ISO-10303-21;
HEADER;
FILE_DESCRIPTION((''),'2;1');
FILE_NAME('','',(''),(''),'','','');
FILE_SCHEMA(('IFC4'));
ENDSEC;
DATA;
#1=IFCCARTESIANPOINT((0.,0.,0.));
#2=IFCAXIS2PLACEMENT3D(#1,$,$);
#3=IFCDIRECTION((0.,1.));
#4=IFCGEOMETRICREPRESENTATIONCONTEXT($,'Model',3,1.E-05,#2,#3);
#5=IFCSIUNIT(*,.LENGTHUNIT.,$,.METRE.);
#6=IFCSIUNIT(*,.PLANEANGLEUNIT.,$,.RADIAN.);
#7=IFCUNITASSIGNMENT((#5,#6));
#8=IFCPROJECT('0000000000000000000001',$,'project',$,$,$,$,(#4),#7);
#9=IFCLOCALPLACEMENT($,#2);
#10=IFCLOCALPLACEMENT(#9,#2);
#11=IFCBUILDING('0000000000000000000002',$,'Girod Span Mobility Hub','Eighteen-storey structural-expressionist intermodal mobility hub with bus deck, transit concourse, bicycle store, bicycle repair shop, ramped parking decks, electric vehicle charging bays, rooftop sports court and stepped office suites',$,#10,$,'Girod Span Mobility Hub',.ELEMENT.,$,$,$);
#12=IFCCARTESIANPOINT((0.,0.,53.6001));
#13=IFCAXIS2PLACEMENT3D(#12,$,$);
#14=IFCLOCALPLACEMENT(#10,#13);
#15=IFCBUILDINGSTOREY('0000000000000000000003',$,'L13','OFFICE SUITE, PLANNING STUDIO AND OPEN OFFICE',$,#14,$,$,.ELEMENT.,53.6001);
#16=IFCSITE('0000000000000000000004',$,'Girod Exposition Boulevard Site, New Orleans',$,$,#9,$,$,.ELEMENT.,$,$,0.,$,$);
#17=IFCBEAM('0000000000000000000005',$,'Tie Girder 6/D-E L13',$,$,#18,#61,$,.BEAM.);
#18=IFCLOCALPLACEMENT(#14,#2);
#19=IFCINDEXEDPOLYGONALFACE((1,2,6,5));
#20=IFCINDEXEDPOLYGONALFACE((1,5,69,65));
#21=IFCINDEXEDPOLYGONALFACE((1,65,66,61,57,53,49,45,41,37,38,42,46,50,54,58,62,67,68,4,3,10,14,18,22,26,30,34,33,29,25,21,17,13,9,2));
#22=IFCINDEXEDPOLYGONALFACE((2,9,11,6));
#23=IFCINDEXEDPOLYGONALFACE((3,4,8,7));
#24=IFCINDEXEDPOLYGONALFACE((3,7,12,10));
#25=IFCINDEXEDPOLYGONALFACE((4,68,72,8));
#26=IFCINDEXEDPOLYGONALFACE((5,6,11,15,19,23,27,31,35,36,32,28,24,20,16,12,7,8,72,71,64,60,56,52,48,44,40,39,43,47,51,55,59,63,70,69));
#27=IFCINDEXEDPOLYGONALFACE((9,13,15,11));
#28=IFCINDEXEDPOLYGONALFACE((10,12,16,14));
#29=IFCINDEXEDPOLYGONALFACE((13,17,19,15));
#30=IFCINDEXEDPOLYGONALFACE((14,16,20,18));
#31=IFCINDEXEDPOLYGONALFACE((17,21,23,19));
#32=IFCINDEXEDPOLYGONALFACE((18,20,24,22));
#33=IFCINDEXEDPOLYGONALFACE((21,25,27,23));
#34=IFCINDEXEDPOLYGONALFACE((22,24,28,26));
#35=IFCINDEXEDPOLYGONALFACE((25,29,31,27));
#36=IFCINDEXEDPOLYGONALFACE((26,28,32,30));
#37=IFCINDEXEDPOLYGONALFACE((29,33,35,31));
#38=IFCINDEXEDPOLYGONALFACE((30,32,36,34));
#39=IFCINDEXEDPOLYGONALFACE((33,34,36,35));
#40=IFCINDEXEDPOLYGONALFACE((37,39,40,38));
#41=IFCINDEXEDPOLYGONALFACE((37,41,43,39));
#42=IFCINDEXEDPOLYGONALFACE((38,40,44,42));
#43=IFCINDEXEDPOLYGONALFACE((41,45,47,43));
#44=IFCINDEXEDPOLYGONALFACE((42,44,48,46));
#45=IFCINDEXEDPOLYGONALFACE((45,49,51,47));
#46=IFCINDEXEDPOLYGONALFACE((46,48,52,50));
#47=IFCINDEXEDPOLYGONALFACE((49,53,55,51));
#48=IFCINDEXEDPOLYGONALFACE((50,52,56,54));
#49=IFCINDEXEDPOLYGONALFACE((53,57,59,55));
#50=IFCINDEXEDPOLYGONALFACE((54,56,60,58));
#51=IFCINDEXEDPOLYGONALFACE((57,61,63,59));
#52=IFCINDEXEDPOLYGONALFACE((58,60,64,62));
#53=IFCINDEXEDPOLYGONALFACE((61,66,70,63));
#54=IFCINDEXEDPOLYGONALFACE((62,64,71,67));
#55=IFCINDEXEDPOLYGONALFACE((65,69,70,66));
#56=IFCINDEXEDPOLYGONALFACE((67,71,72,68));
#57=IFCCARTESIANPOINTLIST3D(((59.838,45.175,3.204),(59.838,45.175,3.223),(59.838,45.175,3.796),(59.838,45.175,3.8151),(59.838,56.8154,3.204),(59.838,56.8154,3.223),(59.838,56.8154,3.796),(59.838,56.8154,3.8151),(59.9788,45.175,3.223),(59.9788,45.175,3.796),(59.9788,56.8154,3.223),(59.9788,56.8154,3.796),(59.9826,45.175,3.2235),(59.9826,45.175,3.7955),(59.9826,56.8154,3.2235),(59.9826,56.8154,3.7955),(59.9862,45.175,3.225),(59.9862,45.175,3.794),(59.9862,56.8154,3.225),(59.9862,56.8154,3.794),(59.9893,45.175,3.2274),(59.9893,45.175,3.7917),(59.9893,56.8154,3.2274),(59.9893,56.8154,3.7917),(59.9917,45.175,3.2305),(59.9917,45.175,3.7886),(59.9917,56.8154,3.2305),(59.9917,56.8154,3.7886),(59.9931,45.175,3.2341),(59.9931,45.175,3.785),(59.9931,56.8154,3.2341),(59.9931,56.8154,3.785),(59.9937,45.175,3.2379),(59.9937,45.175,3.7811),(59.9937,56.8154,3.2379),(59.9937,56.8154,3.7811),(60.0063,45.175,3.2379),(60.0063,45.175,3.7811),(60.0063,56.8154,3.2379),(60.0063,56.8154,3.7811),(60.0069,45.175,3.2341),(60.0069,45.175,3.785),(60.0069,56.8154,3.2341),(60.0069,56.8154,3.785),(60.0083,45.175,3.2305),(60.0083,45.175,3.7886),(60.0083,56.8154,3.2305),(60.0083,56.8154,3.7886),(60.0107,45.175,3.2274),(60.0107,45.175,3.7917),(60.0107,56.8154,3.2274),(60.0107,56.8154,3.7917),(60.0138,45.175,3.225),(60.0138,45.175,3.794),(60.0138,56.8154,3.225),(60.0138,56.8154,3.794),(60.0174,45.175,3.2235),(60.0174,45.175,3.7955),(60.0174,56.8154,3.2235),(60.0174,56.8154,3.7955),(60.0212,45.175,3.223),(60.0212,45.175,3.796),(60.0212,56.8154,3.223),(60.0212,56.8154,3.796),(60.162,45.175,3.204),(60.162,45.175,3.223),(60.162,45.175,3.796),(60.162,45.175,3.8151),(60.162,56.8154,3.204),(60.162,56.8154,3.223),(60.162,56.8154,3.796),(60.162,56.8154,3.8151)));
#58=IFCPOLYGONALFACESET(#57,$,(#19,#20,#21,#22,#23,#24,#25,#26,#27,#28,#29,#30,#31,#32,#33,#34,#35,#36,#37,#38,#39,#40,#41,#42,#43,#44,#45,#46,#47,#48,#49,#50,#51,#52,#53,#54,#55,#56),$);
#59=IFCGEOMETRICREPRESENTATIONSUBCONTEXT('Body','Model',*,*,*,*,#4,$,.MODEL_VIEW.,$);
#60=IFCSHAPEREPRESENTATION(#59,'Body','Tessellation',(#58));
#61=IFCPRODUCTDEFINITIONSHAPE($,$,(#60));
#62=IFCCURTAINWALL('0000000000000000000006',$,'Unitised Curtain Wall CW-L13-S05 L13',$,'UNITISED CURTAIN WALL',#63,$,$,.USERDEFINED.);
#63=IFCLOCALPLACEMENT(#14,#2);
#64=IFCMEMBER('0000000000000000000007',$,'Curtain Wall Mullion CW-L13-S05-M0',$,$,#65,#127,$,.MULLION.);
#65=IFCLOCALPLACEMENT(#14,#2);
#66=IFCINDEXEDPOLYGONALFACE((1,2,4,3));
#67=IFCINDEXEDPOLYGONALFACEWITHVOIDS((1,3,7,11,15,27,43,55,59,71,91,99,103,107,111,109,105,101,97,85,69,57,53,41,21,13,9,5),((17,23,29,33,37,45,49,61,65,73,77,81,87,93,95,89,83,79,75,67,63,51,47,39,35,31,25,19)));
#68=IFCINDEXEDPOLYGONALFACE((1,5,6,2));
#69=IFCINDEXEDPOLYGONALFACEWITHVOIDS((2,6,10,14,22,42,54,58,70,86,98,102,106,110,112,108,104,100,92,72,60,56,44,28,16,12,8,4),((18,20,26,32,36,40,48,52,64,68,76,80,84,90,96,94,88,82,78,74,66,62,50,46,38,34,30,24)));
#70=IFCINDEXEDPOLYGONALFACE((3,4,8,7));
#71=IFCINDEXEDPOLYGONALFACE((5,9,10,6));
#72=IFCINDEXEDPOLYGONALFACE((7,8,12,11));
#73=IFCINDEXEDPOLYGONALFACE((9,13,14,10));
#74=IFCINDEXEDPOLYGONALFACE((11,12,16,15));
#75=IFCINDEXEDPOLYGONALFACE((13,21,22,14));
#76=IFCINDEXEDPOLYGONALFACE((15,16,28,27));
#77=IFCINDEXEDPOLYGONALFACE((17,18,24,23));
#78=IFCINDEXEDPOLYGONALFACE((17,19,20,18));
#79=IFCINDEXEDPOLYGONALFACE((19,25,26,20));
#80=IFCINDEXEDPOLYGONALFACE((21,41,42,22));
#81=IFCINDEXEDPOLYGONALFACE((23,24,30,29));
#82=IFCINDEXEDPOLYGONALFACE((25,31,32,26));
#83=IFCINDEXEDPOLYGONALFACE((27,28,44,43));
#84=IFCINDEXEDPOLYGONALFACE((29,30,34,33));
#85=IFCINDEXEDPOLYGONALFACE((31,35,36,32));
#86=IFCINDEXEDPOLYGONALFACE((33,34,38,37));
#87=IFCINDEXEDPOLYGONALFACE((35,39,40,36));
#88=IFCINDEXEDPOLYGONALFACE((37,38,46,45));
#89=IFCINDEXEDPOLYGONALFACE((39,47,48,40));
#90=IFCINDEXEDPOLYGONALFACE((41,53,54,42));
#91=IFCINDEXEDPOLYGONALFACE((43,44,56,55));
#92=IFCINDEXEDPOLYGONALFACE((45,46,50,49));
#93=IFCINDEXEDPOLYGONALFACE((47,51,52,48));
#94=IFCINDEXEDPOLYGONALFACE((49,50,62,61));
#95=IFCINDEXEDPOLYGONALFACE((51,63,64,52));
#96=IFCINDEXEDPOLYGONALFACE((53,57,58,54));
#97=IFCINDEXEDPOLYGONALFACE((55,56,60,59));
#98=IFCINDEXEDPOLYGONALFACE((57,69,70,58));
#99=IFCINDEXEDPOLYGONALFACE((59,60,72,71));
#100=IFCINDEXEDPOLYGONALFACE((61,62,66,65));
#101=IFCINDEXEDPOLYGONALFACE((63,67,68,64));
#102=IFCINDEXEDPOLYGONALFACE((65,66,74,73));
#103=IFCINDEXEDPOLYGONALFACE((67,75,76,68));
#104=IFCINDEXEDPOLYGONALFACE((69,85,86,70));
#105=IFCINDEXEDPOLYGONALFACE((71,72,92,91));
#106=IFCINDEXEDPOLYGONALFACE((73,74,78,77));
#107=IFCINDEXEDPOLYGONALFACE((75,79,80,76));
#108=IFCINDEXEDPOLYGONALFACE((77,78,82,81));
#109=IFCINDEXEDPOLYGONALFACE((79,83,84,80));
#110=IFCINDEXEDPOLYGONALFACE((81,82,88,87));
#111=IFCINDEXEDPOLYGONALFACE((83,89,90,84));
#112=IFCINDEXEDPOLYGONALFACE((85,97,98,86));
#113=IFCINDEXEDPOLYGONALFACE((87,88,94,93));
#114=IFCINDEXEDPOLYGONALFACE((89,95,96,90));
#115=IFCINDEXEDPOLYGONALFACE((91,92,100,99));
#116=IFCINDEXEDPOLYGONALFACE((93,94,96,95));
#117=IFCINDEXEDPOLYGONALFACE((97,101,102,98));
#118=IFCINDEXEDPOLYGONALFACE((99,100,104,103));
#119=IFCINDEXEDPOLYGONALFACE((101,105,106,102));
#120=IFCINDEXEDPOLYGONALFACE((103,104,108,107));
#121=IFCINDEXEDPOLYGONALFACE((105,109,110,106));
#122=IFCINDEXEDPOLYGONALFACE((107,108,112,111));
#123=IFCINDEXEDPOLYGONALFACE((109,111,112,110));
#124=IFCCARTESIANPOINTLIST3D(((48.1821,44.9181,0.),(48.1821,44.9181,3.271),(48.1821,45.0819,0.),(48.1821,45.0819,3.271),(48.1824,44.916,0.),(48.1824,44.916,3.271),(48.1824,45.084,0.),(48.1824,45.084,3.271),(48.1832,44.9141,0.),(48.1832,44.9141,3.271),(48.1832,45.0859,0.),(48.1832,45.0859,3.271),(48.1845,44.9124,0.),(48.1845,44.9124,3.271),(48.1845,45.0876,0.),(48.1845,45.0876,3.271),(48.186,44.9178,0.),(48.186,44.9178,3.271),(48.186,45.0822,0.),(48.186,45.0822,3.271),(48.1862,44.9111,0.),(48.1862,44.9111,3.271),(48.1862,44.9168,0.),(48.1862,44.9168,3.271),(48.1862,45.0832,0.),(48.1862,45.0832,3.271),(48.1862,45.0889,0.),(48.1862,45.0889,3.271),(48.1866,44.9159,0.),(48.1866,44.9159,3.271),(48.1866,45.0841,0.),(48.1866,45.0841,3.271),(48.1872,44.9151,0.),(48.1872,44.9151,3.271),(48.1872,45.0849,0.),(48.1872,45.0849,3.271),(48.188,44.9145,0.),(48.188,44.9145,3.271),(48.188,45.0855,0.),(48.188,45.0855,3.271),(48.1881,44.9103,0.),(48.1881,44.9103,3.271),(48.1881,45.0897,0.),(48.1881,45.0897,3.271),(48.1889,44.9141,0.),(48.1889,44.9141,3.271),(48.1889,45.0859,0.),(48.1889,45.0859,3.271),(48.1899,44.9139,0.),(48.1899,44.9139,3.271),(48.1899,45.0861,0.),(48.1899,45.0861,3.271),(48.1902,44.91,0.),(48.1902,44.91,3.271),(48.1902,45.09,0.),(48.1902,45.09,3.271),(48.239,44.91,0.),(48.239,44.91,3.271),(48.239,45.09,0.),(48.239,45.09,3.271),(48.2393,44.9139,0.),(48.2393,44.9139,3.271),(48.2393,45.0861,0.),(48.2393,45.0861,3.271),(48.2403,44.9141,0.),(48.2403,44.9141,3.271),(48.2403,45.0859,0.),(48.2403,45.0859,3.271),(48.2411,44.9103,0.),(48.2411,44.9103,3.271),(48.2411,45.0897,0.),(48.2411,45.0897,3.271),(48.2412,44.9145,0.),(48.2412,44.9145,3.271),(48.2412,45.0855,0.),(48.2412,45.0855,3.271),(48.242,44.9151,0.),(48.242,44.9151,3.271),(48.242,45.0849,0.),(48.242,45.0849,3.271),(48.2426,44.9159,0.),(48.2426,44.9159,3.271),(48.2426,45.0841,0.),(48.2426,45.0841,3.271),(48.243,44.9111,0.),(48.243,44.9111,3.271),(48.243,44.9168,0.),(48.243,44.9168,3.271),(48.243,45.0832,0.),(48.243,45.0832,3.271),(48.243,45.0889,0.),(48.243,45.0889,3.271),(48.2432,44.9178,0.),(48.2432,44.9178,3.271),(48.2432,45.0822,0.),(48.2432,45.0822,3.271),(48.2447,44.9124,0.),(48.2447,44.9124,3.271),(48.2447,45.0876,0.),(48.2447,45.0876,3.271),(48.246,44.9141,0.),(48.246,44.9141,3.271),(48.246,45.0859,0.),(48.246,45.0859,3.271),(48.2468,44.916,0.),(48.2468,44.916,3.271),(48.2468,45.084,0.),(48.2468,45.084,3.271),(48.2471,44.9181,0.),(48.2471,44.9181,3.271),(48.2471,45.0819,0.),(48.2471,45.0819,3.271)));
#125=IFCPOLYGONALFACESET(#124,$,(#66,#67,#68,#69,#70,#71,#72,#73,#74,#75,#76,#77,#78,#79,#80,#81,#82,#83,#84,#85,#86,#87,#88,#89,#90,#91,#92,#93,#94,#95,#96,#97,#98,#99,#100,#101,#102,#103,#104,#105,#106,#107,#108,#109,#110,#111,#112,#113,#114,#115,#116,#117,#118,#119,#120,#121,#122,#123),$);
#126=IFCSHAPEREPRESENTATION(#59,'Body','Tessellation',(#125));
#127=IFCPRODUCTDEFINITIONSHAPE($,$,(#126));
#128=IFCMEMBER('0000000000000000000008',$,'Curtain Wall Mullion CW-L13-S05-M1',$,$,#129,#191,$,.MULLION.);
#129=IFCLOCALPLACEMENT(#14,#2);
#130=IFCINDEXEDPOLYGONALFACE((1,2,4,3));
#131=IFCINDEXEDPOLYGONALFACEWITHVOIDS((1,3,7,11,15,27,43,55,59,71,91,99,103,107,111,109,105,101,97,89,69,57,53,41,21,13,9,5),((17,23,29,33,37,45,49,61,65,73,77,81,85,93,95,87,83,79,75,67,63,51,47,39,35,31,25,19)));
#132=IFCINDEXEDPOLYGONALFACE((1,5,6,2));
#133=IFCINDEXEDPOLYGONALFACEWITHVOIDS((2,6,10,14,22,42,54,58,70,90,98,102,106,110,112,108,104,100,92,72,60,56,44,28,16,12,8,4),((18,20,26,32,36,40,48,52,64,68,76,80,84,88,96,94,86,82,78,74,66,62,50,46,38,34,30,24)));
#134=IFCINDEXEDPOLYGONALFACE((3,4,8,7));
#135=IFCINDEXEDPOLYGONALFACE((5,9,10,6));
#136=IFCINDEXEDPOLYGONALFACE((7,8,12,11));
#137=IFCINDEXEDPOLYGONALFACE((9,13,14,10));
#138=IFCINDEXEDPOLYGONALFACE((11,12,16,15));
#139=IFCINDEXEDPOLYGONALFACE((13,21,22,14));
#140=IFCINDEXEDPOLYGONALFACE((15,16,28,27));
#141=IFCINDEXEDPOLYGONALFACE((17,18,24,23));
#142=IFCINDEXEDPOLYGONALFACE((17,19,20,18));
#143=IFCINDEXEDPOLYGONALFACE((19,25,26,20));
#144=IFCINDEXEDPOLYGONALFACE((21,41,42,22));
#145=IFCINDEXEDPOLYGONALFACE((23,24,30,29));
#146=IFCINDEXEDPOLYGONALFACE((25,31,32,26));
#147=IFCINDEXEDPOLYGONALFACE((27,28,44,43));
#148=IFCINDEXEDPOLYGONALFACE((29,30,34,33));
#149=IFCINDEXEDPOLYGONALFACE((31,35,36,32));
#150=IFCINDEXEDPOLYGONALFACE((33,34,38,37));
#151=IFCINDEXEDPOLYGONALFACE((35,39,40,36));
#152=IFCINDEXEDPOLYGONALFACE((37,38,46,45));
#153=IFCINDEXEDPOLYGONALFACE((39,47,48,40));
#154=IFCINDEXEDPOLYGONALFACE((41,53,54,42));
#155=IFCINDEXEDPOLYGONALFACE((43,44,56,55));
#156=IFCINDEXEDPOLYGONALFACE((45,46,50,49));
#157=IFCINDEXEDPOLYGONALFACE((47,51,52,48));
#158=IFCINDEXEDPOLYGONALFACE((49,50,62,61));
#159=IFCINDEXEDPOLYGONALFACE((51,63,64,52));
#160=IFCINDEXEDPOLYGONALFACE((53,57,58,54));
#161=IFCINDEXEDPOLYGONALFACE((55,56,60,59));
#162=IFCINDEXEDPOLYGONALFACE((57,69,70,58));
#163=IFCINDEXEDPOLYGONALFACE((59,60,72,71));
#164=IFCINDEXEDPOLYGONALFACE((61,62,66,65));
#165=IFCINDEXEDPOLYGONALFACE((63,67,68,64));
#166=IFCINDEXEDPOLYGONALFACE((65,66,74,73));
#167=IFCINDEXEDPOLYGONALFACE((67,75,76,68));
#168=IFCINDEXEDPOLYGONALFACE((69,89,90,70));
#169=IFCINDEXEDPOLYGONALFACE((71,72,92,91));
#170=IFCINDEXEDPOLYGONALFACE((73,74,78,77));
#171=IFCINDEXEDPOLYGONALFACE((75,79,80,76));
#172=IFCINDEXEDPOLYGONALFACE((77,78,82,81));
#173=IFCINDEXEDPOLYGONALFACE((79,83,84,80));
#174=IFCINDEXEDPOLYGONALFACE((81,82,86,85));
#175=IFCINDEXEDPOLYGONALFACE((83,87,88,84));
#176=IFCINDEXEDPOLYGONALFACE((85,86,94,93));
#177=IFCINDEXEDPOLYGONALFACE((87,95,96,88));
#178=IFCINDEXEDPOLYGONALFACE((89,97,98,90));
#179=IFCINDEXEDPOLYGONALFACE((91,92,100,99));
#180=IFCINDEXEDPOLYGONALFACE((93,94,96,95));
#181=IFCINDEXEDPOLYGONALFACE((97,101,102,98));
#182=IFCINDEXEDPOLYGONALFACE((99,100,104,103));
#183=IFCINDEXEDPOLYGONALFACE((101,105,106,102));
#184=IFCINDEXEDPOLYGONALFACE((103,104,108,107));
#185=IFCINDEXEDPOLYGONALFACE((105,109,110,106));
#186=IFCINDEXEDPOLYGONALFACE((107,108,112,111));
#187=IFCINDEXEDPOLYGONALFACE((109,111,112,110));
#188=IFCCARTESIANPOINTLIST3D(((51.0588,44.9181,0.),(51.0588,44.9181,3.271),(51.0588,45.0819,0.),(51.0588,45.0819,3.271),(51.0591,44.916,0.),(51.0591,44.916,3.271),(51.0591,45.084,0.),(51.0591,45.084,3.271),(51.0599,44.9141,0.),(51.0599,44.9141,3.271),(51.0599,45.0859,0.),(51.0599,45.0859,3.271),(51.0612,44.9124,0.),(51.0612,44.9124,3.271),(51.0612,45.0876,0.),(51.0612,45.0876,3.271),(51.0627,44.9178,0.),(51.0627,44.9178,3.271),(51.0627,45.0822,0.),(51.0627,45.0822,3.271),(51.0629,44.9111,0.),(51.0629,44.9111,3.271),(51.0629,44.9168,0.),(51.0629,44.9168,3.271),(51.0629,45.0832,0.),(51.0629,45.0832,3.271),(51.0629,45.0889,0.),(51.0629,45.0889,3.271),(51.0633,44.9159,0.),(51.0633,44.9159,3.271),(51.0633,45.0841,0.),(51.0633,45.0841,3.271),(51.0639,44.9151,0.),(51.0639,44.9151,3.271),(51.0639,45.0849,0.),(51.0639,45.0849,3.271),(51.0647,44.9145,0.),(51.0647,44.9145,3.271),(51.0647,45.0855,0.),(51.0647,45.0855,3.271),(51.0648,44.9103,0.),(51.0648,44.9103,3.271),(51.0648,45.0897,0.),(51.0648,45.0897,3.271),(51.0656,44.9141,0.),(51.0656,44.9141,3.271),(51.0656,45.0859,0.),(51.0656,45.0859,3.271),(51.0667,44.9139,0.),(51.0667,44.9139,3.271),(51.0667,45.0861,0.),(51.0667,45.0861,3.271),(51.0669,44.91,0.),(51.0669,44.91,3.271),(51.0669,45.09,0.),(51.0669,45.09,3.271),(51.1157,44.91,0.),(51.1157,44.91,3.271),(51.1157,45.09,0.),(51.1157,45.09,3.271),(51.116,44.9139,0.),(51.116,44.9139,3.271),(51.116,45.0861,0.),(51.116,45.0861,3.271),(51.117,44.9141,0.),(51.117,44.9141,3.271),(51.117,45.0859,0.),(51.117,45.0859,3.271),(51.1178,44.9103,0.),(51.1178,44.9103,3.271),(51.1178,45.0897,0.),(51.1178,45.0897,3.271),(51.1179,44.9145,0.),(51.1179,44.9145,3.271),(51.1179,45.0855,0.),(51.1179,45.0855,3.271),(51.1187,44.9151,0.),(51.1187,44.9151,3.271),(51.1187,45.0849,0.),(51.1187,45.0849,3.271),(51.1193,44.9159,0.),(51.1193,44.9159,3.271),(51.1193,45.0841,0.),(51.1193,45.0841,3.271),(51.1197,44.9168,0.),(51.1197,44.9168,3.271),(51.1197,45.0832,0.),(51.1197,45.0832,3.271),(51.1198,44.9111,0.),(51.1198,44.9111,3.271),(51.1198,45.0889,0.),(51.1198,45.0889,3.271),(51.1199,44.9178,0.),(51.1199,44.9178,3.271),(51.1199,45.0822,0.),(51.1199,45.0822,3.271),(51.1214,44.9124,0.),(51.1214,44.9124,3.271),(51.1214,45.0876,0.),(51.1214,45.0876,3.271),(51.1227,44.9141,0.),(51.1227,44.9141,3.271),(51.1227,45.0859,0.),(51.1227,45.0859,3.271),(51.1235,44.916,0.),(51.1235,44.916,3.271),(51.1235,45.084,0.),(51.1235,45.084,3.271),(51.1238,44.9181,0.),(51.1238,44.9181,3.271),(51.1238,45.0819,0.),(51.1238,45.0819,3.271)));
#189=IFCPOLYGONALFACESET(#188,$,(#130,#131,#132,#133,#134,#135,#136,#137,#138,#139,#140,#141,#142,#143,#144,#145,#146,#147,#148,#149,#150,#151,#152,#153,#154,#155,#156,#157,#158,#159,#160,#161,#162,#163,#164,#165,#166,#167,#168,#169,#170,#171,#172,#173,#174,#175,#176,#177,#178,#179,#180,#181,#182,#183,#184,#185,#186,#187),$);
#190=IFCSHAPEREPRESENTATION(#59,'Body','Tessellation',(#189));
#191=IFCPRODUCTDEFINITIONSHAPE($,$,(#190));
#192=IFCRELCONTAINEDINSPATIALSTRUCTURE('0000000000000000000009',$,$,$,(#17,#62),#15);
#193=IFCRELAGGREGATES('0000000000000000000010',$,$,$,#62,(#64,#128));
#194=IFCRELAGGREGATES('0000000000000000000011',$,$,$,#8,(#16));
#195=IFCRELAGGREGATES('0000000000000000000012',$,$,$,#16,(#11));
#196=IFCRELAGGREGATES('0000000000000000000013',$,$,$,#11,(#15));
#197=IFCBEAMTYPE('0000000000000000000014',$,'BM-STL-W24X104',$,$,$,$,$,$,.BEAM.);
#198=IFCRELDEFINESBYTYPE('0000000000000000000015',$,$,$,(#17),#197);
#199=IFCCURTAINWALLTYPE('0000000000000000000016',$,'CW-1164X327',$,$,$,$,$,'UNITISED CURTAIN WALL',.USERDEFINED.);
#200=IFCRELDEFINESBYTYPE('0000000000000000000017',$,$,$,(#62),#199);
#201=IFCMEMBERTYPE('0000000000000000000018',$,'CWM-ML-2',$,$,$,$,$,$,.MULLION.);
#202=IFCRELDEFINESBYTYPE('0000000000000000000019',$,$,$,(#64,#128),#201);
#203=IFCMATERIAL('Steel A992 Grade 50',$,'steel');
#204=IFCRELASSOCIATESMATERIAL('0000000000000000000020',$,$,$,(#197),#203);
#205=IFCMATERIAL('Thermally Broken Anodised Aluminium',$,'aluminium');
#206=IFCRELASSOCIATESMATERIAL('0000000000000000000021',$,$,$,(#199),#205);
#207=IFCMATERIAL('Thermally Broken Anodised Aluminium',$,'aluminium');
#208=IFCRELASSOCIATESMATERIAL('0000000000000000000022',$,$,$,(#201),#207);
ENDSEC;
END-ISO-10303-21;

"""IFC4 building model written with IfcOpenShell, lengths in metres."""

from ifc_helpers import new_model, si_unit, direction, frame, origin, origin_2d, place, context, subcontext, project, spatial, hollow_rectangle, i_section, extrude, material, material_profile, profile_set, type_object, element, aggregate, save


model = new_model("IFC4")

# Units and contexts
model_context = context("Model", 3, precision=1e-05, world=origin(), true_north=direction((0.0, 1.0)))
body_context = subcontext(model_context, "Body", "Model", "MODEL_VIEW")
ifc_project = project(units=[si_unit("LENGTHUNIT", "METRE"), si_unit("PLANEANGLEUNIT", "RADIAN")], contexts=[model_context])

# Site, building, storey
site_placement = place(None, origin())
site = spatial("IfcSite", under=ifc_project, at=site_placement, Name="Girod Exposition Boulevard Site, New Orleans", CompositionType="ELEMENT", RefElevation=0.0)
building_placement = place(site_placement, origin())
building = spatial("IfcBuilding", under=site, at=building_placement, Name="Girod Span Mobility Hub", Description="Eighteen-storey structural-expressionist intermodal mobility hub with bus deck, transit concourse, bicycle store, bicycle repair shop, ramped parking decks, electric vehicle charging bays, rooftop sports court and stepped office suites", LongName="Girod Span Mobility Hub", CompositionType="ELEMENT")
storey_placement = place(building_placement, frame((0.0, 0.0, 53.6001)))
storey = spatial("IfcBuildingStorey", under=building, at=storey_placement, Name="L13", Description="OFFICE SUITE, PLANNING STUDIO AND OPEN OFFICE", CompositionType="ELEMENT", Elevation=53.6001)

# Beam
ifc_material_1 = material(Name="Steel A992 Grade 50", Category="steel")
ifc_material_profile_1 = material_profile(ifc_material_1, i_section(OverallWidth=0.324, OverallDepth=0.6111, WebThickness=0.0127, FlangeThickness=0.019, FilletRadius=0.0149, at=origin_2d()), Name="W24X104")
ifc_profile_set_1 = profile_set([ifc_material_profile_1], Name="Steel A992 Grade 50")
beam_type_1 = type_object("IfcBeamType", Name="BM-STL-W24X104", PredefinedType="BEAM", material=ifc_profile_set_1)
beam_1_placement = place(storey_placement, frame((60.0, 45.175, 3.5095), z_axis=(0.0, 1.0, 0.0), x_axis=(-1.0, 0.0, 0.0)))
element("IfcBeam", 1, at=beam_1_placement, inside=storey, type_object=beam_type_1, Name="Tie Girder 6/D-E L13", PredefinedType="BEAM", context=body_context, shape_type="SweptSolid", body=[
    extrude(i_section(OverallWidth=0.324, OverallDepth=0.6111, WebThickness=0.0127, FlangeThickness=0.019, FilletRadius=0.0149, at=origin_2d()), origin(), (0.0, 0.0, 1.0), 11.6404),
])

# Curtain wall, members
ifc_material_2 = material(Name="Thermally Broken Anodised Aluminium", Category="aluminium")
curtain_wall_type = type_object("IfcCurtainWallType", Name="CW-1164X327", ElementType="UNITISED CURTAIN WALL", PredefinedType="USERDEFINED", material=ifc_material_2)
curtain_wall_1_placement = place(storey_placement, origin())
curtain_wall_1 = element("IfcCurtainWall", 2, at=curtain_wall_1_placement, inside=storey, type_object=curtain_wall_type, Name="Unitised Curtain Wall CW-L13-S05 L13", ObjectType="UNITISED CURTAIN WALL", PredefinedType="USERDEFINED")
ifc_material_3 = material(Name="Thermally Broken Anodised Aluminium", Category="aluminium")
ifc_material_profile_2 = material_profile(ifc_material_3, hollow_rectangle(XDim=0.1799, YDim=0.0649, WallThickness=0.0039, InnerFilletRadius=0.0039, OuterFilletRadius=0.0081, at=origin_2d()), Name="CW-ML-65X180")
ifc_profile_set_2 = profile_set([ifc_material_profile_2], Name="Thermally Broken Anodised Aluminium")
member_type_1 = type_object("IfcMemberType", Name="CWM-ML-2", PredefinedType="MULLION", material=ifc_profile_set_2)
member_1_placement = place(storey_placement, frame((48.2146, 45.0, 0.0), z_axis=(0.0, 0.0, 1.0), x_axis=(0.0, 1.0, 0.0)))
member_1 = element("IfcMember", 3, at=member_1_placement, type_object=member_type_1, Name="Curtain Wall Mullion CW-L13-S05-M0", PredefinedType="MULLION", context=body_context, shape_type="SweptSolid", body=[
    extrude(hollow_rectangle(XDim=0.1799, YDim=0.0649, WallThickness=0.0039, InnerFilletRadius=0.0039, OuterFilletRadius=0.0081, at=origin_2d()), origin(), (0.0, 0.0, 1.0), 3.271),
])
member_2_placement = place(storey_placement, frame((51.0913, 45.0, 0.0), z_axis=(0.0, 0.0, 1.0), x_axis=(0.0, 1.0, 0.0)))
member_2 = element("IfcMember", 4, at=member_2_placement, type_object=member_type_1, Name="Curtain Wall Mullion CW-L13-S05-M1", PredefinedType="MULLION", context=body_context, shape_type="SweptSolid", body=[
    extrude(hollow_rectangle(XDim=0.1799, YDim=0.0649, WallThickness=0.0039, InnerFilletRadius=0.0039, OuterFilletRadius=0.0081, at=origin_2d()), origin(), (0.0, 0.0, 1.0), 3.271),
])

aggregate(curtain_wall_1, [member_1, member_2])

save(model, "model.ifc")
